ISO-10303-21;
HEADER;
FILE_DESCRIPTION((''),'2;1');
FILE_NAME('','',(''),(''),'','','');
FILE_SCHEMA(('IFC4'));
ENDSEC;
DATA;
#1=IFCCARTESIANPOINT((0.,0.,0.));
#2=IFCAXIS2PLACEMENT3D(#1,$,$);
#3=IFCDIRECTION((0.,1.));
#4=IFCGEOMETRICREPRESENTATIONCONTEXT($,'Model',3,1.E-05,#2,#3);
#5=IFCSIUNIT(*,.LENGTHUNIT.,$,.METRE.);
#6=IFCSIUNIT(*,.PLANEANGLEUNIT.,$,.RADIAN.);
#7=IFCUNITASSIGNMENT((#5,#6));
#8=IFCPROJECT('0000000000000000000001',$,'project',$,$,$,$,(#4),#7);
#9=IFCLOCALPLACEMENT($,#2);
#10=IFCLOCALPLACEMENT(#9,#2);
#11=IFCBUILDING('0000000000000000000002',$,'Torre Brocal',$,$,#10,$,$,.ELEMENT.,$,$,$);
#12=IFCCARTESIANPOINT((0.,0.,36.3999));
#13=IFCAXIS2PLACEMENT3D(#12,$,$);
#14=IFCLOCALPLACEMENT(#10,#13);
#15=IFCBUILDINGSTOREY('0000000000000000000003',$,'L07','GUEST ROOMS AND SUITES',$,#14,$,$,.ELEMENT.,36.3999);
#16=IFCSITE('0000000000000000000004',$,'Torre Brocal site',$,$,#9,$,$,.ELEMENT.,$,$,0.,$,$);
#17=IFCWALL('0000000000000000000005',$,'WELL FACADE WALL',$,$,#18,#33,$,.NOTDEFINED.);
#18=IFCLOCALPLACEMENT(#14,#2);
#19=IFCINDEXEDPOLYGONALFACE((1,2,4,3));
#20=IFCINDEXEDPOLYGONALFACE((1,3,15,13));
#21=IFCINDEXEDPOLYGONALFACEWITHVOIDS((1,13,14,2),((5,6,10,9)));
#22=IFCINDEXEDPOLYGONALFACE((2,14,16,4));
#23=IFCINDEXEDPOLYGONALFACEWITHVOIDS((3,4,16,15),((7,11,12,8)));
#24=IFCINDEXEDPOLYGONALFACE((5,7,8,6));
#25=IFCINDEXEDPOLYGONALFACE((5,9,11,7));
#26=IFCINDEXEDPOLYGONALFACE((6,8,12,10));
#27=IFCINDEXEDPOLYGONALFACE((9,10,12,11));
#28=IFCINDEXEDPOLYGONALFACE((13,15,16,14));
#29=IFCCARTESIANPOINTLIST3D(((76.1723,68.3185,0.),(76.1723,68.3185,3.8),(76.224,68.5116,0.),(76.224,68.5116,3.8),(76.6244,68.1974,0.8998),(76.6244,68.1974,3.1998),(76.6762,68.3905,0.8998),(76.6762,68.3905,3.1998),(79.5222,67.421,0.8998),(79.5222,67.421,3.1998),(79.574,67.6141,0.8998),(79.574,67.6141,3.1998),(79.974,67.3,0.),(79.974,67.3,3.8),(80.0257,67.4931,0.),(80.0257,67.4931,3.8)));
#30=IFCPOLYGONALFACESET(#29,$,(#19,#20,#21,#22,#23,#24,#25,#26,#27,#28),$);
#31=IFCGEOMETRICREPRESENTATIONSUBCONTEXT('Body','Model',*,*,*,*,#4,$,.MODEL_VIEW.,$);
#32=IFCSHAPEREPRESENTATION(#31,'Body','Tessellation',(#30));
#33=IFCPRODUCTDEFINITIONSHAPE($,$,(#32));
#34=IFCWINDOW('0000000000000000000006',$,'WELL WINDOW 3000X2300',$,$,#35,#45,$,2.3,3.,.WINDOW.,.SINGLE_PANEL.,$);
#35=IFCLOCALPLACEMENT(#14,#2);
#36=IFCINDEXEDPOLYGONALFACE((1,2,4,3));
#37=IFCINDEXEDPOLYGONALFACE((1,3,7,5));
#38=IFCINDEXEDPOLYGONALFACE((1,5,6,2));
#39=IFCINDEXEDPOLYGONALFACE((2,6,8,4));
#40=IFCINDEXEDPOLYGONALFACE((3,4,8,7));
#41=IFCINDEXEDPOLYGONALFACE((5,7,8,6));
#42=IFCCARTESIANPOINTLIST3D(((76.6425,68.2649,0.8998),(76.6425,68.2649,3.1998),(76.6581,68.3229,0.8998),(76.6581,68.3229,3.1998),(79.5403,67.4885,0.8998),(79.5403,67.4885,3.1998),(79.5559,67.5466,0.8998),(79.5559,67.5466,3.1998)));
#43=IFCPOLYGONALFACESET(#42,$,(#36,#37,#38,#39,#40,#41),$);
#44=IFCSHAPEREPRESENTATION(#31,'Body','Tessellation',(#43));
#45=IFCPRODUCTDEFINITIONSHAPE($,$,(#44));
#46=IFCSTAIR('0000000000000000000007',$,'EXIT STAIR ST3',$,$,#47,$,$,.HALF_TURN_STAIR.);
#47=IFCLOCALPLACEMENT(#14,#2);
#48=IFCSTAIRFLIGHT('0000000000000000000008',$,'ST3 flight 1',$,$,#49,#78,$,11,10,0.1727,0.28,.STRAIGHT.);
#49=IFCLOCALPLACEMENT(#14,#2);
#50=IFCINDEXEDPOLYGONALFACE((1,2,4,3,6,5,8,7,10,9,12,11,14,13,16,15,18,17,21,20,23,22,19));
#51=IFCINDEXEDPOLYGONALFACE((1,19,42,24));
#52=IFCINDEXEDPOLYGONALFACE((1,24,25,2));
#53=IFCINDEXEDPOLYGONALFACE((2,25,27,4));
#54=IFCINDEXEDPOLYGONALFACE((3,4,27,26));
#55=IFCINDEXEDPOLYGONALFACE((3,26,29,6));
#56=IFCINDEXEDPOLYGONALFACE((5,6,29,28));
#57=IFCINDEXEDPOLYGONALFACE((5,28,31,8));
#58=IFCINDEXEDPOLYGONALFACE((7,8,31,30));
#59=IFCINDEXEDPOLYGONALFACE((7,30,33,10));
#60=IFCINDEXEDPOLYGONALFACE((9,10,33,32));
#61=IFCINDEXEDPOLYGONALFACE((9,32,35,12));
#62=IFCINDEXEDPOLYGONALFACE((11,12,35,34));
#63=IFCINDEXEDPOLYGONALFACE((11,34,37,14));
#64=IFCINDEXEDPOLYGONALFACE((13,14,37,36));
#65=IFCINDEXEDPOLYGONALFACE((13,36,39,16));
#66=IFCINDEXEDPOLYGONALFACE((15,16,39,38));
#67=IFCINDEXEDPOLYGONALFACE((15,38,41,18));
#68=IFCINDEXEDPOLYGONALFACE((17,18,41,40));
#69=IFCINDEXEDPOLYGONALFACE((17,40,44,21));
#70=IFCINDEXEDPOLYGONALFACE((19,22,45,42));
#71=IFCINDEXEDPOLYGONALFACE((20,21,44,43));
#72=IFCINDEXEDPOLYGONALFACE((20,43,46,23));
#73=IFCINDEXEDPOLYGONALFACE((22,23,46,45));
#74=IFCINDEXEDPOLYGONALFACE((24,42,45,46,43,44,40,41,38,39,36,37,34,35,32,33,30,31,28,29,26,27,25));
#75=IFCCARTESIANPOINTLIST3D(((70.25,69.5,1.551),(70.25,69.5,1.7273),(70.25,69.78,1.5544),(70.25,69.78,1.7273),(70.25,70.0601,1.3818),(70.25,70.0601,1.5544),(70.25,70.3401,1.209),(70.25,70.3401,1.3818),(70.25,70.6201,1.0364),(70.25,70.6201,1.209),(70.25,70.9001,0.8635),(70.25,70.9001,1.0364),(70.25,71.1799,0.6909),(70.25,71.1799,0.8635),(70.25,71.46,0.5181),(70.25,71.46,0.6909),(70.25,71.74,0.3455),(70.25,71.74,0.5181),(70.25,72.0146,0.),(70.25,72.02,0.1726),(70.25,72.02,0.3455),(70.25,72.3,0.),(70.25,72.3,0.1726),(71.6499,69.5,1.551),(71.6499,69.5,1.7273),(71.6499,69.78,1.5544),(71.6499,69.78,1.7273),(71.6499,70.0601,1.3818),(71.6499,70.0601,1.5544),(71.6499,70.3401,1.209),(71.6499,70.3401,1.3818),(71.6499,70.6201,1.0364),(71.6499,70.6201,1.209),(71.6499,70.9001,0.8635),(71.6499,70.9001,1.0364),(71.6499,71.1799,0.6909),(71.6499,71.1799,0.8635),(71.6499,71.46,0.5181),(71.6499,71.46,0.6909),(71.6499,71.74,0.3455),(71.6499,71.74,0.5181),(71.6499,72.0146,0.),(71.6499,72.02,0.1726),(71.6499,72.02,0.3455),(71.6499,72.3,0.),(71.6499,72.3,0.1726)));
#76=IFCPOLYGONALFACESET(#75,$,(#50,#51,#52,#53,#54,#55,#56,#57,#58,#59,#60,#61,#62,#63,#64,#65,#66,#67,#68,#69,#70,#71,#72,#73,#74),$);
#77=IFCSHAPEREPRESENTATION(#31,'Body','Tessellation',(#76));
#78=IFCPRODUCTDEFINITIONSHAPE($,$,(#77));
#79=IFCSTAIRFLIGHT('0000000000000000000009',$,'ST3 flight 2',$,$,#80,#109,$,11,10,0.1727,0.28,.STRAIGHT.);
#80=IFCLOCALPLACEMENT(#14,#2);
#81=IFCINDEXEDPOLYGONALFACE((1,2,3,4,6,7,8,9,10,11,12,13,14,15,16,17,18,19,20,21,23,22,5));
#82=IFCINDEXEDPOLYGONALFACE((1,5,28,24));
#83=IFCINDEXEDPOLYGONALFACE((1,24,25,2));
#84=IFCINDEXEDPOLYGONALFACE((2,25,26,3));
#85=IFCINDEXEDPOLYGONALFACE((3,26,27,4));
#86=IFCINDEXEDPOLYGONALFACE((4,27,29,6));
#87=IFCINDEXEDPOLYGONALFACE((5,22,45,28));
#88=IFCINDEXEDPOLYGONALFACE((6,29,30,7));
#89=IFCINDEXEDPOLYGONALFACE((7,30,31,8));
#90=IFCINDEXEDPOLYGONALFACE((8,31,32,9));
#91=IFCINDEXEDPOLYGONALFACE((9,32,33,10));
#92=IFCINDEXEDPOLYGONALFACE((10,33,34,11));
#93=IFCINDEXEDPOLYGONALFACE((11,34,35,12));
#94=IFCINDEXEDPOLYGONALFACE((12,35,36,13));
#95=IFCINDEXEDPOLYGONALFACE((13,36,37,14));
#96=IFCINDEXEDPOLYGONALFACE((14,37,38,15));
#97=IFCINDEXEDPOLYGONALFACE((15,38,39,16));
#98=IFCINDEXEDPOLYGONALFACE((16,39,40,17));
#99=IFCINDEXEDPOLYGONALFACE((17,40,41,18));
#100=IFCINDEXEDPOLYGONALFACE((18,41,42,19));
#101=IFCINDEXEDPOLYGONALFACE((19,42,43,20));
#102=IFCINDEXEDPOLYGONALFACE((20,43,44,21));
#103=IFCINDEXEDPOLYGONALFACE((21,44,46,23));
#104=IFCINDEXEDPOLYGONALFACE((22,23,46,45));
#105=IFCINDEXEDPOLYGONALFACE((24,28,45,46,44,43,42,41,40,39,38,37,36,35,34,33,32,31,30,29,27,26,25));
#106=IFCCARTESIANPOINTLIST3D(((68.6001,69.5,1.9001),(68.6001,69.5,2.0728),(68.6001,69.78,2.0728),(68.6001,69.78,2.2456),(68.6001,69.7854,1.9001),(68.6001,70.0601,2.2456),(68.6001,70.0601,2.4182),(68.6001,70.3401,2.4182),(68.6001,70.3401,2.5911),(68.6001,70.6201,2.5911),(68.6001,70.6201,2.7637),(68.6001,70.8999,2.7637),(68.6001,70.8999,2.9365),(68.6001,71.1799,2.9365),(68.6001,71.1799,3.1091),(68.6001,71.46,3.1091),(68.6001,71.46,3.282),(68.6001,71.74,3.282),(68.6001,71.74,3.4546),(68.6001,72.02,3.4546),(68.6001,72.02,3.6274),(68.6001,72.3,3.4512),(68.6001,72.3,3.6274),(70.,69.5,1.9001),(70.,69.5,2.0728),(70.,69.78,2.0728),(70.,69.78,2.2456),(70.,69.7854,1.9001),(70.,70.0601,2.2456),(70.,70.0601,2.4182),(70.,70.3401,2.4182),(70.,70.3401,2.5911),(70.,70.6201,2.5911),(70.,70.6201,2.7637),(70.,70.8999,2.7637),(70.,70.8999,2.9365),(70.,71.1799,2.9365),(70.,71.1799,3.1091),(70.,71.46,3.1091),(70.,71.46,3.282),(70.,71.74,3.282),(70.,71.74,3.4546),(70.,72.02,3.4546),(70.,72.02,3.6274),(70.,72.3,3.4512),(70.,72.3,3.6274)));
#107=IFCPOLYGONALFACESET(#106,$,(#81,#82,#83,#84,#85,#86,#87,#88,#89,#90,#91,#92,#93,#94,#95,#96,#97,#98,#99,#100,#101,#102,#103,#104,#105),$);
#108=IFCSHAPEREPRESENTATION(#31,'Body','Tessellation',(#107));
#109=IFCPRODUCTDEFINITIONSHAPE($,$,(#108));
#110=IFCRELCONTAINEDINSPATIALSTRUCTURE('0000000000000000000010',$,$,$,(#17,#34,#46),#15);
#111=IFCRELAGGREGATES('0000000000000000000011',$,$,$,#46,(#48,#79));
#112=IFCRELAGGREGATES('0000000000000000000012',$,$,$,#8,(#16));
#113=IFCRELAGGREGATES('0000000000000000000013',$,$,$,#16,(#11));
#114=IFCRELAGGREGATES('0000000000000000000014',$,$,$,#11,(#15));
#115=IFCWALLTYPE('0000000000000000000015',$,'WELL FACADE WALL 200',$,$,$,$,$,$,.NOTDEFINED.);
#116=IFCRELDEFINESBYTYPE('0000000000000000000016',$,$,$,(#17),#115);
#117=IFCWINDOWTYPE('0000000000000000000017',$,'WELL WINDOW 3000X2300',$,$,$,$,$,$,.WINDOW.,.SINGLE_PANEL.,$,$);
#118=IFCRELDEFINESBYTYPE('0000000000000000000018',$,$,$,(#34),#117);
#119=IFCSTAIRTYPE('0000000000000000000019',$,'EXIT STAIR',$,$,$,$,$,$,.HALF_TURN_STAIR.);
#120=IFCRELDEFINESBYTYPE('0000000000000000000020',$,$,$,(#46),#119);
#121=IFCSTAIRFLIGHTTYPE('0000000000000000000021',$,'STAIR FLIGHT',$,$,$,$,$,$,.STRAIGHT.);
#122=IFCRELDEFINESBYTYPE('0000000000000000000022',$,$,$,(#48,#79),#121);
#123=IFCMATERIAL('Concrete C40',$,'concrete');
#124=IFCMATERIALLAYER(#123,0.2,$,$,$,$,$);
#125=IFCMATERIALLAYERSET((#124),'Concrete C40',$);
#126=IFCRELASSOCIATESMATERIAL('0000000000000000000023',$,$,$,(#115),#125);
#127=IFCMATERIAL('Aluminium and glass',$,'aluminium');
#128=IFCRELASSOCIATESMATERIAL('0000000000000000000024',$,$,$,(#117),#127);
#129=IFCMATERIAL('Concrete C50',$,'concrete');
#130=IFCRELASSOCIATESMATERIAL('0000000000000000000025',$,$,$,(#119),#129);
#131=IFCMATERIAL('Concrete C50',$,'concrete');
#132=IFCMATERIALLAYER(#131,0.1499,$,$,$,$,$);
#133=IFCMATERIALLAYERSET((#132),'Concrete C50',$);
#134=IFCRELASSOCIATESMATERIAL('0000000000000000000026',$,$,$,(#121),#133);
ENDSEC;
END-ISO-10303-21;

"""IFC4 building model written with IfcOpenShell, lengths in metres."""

from ifc_helpers import new_model, si_unit, direction, frame, frame_2d, origin, place, context, subcontext, project, spatial, polyline, rectangle, outline, extrude, material, layer, layer_set, type_object, element, fill, aggregate, save


model = new_model("IFC4")

# Units and contexts
model_context = context("Model", 3, precision=1e-05, world=origin(), true_north=direction((0.0, 1.0)))
body_context = subcontext(model_context, "Body", "Model", "MODEL_VIEW")
ifc_project = project(units=[si_unit("LENGTHUNIT", "METRE"), si_unit("PLANEANGLEUNIT", "RADIAN")], contexts=[model_context])

# Site, building, storey
site_placement = place(None, origin())
site = spatial("IfcSite", under=ifc_project, at=site_placement, Name="Torre Brocal site", CompositionType="ELEMENT", RefElevation=0.0)
building_placement = place(site_placement, origin())
building = spatial("IfcBuilding", under=site, at=building_placement, Name="Torre Brocal", CompositionType="ELEMENT")
storey_placement = place(building_placement, frame((0.0, 0.0, 36.3999)))
storey = spatial("IfcBuildingStorey", under=building, at=storey_placement, Name="L07", Description="GUEST ROOMS AND SUITES", CompositionType="ELEMENT", Elevation=36.3999)

# Wall, opening, window
ifc_material_1 = material(Name="Concrete C40", Category="concrete")
ifc_layer_1 = layer(ifc_material_1, 0.2)
ifc_layer_set_1 = layer_set([ifc_layer_1], Name="Concrete C40")
wall_type_1 = type_object("IfcWallType", Name="WELL FACADE WALL 200", PredefinedType="NOTDEFINED", material=ifc_layer_set_1)
ifc_material_2 = material(Name="Aluminium and glass", Category="aluminium")
window_type = type_object("IfcWindowType", Name="WELL WINDOW 3000X2300", PartitioningType="SINGLE_PANEL", PredefinedType="WINDOW", material=ifc_material_2)
wall_1_placement = place(storey_placement, frame((76.1982, 68.415, 0.0), z_axis=(0.0, 0.0, 1.0), x_axis=(0.965934, -0.25879, 0.0)))
wall_1 = element("IfcWall", 1, at=wall_1_placement, inside=storey, type_object=wall_type_1, Name="WELL FACADE WALL", PredefinedType="NOTDEFINED", context=body_context, shape_type="SweptSolid", body=[
    extrude(rectangle(XDim=3.9358, YDim=0.2, at=frame_2d((1.9678, 0.0))), origin(), (0.0, 0.0, 1.0), 3.8),
])
opening_1_placement = place(wall_1_placement, frame((0.468, 0.0, 0.8999)))
opening_1 = element("IfcOpeningElement", 2, at=opening_1_placement, cuts=wall_1, PredefinedType="OPENING", context=body_context, shape_type="SweptSolid", body=[
    extrude(rectangle(XDim=3.0, YDim=2.3, at=frame_2d((1.5, 1.1499))), frame((0.0, 0.1099, 0.0), z_axis=(0.0, -1.0, 0.0), x_axis=(1.0, 0.0, 0.0)), (0.0, 0.0, 1.0), 0.22),
])
window_1_placement = place(opening_1_placement, origin())
window_1 = element("IfcWindow", 3, at=window_1_placement, inside=storey, type_object=window_type, Name="WELL WINDOW 3000X2300", OverallHeight=2.3, OverallWidth=3.0, PartitioningType="SINGLE_PANEL", PredefinedType="WINDOW", context=body_context, shape_type="SweptSolid", body=[
    extrude(rectangle(XDim=3.0, YDim=2.3, at=frame_2d((1.5, 1.1499))), frame((0.0, 0.03, 0.0), z_axis=(0.0, -1.0, 0.0), x_axis=(1.0, 0.0, 0.0)), (0.0, 0.0, 1.0), 0.0601),
])
fill(opening_1, window_1)

# Stair, stair flights
ifc_material_3 = material(Name="Concrete C50", Category="concrete")
stair_type = type_object("IfcStairType", Name="EXIT STAIR", PredefinedType="HALF_TURN_STAIR", material=ifc_material_3)
stair_placement = place(storey_placement, origin())
stair = element("IfcStair", 4, at=stair_placement, inside=storey, type_object=stair_type, Name="EXIT STAIR ST3", PredefinedType="HALF_TURN_STAIR")
ifc_material_4 = material(Name="Concrete C50", Category="concrete")
ifc_layer_2 = layer(ifc_material_4, 0.1499)
ifc_layer_set_2 = layer_set([ifc_layer_2], Name="Concrete C50")
stair_flight_type = type_object("IfcStairFlightType", Name="STAIR FLIGHT", PredefinedType="STRAIGHT", material=ifc_layer_set_2)
stair_flight_1_placement = place(storey_placement, frame((70.95, 72.3, 0.0), z_axis=(0.0, 0.0, 1.0), x_axis=(0.0, -1.0, 0.0)))
stair_flight_1 = element("IfcStairFlight", 5, at=stair_flight_1_placement, type_object=stair_flight_type, Name="ST3 flight 1", NumberOfRisers=11, NumberOfTreads=10, PredefinedType="STRAIGHT", RiserHeight=0.1727, TreadLength=0.28, context=body_context, shape_type="SweptSolid", body=[
    extrude(outline(polyline([(0.0, 0.0), (0.0, 0.1726), (0.28, 0.1726), (0.28, 0.3455), (0.5601, 0.3455), (0.5601, 0.5181), (0.8401, 0.5181), (0.8401, 0.6909), (1.1201, 0.6909), (1.1201, 0.8635), (1.3999, 0.8635), (1.3999, 1.0364), (1.6799, 1.0364), (1.6799, 1.209), (1.96, 1.209), (1.96, 1.3818), (2.24, 1.3818), (2.24, 1.5544), (2.52, 1.5544), (2.52, 1.7273), (2.8, 1.7273), (2.8, 1.8999), (2.8, 1.551), (0.2854, 0.0), (0.0, 0.0)])), frame((0.0, 0.7, 0.0), z_axis=(0.0, -1.0, 0.0), x_axis=(1.0, 0.0, 0.0)), (0.0, 0.0, 1.0), 1.3999),
])
stair_flight_2_placement = place(storey_placement, frame((69.3, 69.5, 1.9001), z_axis=(0.0, 0.0, 1.0), x_axis=(0.0, 1.0, 0.0)))
stair_flight_2 = element("IfcStairFlight", 6, at=stair_flight_2_placement, type_object=stair_flight_type, Name="ST3 flight 2", NumberOfRisers=11, NumberOfTreads=10, PredefinedType="STRAIGHT", RiserHeight=0.1727, TreadLength=0.28, context=body_context, shape_type="SweptSolid", body=[
    extrude(outline(polyline([(0.0, 0.0), (0.0, 0.1726), (0.28, 0.1726), (0.28, 0.3455), (0.5601, 0.3455), (0.5601, 0.5181), (0.8401, 0.5181), (0.8401, 0.6909), (1.1201, 0.6909), (1.1201, 0.8635), (1.3999, 0.8635), (1.3999, 1.0364), (1.6799, 1.0364), (1.6799, 1.209), (1.96, 1.209), (1.96, 1.3818), (2.24, 1.3818), (2.24, 1.5544), (2.52, 1.5544), (2.52, 1.7273), (2.8, 1.7273), (2.8, 1.8999), (2.8, 1.551), (0.2854, 0.0), (0.0, 0.0)])), frame((0.0, 0.7, 0.0), z_axis=(0.0, -1.0, 0.0), x_axis=(1.0, 0.0, 0.0)), (0.0, 0.0, 1.0), 1.3999),
])
aggregate(stair, [stair_flight_1, stair_flight_2])

save(model, "model.ifc")
